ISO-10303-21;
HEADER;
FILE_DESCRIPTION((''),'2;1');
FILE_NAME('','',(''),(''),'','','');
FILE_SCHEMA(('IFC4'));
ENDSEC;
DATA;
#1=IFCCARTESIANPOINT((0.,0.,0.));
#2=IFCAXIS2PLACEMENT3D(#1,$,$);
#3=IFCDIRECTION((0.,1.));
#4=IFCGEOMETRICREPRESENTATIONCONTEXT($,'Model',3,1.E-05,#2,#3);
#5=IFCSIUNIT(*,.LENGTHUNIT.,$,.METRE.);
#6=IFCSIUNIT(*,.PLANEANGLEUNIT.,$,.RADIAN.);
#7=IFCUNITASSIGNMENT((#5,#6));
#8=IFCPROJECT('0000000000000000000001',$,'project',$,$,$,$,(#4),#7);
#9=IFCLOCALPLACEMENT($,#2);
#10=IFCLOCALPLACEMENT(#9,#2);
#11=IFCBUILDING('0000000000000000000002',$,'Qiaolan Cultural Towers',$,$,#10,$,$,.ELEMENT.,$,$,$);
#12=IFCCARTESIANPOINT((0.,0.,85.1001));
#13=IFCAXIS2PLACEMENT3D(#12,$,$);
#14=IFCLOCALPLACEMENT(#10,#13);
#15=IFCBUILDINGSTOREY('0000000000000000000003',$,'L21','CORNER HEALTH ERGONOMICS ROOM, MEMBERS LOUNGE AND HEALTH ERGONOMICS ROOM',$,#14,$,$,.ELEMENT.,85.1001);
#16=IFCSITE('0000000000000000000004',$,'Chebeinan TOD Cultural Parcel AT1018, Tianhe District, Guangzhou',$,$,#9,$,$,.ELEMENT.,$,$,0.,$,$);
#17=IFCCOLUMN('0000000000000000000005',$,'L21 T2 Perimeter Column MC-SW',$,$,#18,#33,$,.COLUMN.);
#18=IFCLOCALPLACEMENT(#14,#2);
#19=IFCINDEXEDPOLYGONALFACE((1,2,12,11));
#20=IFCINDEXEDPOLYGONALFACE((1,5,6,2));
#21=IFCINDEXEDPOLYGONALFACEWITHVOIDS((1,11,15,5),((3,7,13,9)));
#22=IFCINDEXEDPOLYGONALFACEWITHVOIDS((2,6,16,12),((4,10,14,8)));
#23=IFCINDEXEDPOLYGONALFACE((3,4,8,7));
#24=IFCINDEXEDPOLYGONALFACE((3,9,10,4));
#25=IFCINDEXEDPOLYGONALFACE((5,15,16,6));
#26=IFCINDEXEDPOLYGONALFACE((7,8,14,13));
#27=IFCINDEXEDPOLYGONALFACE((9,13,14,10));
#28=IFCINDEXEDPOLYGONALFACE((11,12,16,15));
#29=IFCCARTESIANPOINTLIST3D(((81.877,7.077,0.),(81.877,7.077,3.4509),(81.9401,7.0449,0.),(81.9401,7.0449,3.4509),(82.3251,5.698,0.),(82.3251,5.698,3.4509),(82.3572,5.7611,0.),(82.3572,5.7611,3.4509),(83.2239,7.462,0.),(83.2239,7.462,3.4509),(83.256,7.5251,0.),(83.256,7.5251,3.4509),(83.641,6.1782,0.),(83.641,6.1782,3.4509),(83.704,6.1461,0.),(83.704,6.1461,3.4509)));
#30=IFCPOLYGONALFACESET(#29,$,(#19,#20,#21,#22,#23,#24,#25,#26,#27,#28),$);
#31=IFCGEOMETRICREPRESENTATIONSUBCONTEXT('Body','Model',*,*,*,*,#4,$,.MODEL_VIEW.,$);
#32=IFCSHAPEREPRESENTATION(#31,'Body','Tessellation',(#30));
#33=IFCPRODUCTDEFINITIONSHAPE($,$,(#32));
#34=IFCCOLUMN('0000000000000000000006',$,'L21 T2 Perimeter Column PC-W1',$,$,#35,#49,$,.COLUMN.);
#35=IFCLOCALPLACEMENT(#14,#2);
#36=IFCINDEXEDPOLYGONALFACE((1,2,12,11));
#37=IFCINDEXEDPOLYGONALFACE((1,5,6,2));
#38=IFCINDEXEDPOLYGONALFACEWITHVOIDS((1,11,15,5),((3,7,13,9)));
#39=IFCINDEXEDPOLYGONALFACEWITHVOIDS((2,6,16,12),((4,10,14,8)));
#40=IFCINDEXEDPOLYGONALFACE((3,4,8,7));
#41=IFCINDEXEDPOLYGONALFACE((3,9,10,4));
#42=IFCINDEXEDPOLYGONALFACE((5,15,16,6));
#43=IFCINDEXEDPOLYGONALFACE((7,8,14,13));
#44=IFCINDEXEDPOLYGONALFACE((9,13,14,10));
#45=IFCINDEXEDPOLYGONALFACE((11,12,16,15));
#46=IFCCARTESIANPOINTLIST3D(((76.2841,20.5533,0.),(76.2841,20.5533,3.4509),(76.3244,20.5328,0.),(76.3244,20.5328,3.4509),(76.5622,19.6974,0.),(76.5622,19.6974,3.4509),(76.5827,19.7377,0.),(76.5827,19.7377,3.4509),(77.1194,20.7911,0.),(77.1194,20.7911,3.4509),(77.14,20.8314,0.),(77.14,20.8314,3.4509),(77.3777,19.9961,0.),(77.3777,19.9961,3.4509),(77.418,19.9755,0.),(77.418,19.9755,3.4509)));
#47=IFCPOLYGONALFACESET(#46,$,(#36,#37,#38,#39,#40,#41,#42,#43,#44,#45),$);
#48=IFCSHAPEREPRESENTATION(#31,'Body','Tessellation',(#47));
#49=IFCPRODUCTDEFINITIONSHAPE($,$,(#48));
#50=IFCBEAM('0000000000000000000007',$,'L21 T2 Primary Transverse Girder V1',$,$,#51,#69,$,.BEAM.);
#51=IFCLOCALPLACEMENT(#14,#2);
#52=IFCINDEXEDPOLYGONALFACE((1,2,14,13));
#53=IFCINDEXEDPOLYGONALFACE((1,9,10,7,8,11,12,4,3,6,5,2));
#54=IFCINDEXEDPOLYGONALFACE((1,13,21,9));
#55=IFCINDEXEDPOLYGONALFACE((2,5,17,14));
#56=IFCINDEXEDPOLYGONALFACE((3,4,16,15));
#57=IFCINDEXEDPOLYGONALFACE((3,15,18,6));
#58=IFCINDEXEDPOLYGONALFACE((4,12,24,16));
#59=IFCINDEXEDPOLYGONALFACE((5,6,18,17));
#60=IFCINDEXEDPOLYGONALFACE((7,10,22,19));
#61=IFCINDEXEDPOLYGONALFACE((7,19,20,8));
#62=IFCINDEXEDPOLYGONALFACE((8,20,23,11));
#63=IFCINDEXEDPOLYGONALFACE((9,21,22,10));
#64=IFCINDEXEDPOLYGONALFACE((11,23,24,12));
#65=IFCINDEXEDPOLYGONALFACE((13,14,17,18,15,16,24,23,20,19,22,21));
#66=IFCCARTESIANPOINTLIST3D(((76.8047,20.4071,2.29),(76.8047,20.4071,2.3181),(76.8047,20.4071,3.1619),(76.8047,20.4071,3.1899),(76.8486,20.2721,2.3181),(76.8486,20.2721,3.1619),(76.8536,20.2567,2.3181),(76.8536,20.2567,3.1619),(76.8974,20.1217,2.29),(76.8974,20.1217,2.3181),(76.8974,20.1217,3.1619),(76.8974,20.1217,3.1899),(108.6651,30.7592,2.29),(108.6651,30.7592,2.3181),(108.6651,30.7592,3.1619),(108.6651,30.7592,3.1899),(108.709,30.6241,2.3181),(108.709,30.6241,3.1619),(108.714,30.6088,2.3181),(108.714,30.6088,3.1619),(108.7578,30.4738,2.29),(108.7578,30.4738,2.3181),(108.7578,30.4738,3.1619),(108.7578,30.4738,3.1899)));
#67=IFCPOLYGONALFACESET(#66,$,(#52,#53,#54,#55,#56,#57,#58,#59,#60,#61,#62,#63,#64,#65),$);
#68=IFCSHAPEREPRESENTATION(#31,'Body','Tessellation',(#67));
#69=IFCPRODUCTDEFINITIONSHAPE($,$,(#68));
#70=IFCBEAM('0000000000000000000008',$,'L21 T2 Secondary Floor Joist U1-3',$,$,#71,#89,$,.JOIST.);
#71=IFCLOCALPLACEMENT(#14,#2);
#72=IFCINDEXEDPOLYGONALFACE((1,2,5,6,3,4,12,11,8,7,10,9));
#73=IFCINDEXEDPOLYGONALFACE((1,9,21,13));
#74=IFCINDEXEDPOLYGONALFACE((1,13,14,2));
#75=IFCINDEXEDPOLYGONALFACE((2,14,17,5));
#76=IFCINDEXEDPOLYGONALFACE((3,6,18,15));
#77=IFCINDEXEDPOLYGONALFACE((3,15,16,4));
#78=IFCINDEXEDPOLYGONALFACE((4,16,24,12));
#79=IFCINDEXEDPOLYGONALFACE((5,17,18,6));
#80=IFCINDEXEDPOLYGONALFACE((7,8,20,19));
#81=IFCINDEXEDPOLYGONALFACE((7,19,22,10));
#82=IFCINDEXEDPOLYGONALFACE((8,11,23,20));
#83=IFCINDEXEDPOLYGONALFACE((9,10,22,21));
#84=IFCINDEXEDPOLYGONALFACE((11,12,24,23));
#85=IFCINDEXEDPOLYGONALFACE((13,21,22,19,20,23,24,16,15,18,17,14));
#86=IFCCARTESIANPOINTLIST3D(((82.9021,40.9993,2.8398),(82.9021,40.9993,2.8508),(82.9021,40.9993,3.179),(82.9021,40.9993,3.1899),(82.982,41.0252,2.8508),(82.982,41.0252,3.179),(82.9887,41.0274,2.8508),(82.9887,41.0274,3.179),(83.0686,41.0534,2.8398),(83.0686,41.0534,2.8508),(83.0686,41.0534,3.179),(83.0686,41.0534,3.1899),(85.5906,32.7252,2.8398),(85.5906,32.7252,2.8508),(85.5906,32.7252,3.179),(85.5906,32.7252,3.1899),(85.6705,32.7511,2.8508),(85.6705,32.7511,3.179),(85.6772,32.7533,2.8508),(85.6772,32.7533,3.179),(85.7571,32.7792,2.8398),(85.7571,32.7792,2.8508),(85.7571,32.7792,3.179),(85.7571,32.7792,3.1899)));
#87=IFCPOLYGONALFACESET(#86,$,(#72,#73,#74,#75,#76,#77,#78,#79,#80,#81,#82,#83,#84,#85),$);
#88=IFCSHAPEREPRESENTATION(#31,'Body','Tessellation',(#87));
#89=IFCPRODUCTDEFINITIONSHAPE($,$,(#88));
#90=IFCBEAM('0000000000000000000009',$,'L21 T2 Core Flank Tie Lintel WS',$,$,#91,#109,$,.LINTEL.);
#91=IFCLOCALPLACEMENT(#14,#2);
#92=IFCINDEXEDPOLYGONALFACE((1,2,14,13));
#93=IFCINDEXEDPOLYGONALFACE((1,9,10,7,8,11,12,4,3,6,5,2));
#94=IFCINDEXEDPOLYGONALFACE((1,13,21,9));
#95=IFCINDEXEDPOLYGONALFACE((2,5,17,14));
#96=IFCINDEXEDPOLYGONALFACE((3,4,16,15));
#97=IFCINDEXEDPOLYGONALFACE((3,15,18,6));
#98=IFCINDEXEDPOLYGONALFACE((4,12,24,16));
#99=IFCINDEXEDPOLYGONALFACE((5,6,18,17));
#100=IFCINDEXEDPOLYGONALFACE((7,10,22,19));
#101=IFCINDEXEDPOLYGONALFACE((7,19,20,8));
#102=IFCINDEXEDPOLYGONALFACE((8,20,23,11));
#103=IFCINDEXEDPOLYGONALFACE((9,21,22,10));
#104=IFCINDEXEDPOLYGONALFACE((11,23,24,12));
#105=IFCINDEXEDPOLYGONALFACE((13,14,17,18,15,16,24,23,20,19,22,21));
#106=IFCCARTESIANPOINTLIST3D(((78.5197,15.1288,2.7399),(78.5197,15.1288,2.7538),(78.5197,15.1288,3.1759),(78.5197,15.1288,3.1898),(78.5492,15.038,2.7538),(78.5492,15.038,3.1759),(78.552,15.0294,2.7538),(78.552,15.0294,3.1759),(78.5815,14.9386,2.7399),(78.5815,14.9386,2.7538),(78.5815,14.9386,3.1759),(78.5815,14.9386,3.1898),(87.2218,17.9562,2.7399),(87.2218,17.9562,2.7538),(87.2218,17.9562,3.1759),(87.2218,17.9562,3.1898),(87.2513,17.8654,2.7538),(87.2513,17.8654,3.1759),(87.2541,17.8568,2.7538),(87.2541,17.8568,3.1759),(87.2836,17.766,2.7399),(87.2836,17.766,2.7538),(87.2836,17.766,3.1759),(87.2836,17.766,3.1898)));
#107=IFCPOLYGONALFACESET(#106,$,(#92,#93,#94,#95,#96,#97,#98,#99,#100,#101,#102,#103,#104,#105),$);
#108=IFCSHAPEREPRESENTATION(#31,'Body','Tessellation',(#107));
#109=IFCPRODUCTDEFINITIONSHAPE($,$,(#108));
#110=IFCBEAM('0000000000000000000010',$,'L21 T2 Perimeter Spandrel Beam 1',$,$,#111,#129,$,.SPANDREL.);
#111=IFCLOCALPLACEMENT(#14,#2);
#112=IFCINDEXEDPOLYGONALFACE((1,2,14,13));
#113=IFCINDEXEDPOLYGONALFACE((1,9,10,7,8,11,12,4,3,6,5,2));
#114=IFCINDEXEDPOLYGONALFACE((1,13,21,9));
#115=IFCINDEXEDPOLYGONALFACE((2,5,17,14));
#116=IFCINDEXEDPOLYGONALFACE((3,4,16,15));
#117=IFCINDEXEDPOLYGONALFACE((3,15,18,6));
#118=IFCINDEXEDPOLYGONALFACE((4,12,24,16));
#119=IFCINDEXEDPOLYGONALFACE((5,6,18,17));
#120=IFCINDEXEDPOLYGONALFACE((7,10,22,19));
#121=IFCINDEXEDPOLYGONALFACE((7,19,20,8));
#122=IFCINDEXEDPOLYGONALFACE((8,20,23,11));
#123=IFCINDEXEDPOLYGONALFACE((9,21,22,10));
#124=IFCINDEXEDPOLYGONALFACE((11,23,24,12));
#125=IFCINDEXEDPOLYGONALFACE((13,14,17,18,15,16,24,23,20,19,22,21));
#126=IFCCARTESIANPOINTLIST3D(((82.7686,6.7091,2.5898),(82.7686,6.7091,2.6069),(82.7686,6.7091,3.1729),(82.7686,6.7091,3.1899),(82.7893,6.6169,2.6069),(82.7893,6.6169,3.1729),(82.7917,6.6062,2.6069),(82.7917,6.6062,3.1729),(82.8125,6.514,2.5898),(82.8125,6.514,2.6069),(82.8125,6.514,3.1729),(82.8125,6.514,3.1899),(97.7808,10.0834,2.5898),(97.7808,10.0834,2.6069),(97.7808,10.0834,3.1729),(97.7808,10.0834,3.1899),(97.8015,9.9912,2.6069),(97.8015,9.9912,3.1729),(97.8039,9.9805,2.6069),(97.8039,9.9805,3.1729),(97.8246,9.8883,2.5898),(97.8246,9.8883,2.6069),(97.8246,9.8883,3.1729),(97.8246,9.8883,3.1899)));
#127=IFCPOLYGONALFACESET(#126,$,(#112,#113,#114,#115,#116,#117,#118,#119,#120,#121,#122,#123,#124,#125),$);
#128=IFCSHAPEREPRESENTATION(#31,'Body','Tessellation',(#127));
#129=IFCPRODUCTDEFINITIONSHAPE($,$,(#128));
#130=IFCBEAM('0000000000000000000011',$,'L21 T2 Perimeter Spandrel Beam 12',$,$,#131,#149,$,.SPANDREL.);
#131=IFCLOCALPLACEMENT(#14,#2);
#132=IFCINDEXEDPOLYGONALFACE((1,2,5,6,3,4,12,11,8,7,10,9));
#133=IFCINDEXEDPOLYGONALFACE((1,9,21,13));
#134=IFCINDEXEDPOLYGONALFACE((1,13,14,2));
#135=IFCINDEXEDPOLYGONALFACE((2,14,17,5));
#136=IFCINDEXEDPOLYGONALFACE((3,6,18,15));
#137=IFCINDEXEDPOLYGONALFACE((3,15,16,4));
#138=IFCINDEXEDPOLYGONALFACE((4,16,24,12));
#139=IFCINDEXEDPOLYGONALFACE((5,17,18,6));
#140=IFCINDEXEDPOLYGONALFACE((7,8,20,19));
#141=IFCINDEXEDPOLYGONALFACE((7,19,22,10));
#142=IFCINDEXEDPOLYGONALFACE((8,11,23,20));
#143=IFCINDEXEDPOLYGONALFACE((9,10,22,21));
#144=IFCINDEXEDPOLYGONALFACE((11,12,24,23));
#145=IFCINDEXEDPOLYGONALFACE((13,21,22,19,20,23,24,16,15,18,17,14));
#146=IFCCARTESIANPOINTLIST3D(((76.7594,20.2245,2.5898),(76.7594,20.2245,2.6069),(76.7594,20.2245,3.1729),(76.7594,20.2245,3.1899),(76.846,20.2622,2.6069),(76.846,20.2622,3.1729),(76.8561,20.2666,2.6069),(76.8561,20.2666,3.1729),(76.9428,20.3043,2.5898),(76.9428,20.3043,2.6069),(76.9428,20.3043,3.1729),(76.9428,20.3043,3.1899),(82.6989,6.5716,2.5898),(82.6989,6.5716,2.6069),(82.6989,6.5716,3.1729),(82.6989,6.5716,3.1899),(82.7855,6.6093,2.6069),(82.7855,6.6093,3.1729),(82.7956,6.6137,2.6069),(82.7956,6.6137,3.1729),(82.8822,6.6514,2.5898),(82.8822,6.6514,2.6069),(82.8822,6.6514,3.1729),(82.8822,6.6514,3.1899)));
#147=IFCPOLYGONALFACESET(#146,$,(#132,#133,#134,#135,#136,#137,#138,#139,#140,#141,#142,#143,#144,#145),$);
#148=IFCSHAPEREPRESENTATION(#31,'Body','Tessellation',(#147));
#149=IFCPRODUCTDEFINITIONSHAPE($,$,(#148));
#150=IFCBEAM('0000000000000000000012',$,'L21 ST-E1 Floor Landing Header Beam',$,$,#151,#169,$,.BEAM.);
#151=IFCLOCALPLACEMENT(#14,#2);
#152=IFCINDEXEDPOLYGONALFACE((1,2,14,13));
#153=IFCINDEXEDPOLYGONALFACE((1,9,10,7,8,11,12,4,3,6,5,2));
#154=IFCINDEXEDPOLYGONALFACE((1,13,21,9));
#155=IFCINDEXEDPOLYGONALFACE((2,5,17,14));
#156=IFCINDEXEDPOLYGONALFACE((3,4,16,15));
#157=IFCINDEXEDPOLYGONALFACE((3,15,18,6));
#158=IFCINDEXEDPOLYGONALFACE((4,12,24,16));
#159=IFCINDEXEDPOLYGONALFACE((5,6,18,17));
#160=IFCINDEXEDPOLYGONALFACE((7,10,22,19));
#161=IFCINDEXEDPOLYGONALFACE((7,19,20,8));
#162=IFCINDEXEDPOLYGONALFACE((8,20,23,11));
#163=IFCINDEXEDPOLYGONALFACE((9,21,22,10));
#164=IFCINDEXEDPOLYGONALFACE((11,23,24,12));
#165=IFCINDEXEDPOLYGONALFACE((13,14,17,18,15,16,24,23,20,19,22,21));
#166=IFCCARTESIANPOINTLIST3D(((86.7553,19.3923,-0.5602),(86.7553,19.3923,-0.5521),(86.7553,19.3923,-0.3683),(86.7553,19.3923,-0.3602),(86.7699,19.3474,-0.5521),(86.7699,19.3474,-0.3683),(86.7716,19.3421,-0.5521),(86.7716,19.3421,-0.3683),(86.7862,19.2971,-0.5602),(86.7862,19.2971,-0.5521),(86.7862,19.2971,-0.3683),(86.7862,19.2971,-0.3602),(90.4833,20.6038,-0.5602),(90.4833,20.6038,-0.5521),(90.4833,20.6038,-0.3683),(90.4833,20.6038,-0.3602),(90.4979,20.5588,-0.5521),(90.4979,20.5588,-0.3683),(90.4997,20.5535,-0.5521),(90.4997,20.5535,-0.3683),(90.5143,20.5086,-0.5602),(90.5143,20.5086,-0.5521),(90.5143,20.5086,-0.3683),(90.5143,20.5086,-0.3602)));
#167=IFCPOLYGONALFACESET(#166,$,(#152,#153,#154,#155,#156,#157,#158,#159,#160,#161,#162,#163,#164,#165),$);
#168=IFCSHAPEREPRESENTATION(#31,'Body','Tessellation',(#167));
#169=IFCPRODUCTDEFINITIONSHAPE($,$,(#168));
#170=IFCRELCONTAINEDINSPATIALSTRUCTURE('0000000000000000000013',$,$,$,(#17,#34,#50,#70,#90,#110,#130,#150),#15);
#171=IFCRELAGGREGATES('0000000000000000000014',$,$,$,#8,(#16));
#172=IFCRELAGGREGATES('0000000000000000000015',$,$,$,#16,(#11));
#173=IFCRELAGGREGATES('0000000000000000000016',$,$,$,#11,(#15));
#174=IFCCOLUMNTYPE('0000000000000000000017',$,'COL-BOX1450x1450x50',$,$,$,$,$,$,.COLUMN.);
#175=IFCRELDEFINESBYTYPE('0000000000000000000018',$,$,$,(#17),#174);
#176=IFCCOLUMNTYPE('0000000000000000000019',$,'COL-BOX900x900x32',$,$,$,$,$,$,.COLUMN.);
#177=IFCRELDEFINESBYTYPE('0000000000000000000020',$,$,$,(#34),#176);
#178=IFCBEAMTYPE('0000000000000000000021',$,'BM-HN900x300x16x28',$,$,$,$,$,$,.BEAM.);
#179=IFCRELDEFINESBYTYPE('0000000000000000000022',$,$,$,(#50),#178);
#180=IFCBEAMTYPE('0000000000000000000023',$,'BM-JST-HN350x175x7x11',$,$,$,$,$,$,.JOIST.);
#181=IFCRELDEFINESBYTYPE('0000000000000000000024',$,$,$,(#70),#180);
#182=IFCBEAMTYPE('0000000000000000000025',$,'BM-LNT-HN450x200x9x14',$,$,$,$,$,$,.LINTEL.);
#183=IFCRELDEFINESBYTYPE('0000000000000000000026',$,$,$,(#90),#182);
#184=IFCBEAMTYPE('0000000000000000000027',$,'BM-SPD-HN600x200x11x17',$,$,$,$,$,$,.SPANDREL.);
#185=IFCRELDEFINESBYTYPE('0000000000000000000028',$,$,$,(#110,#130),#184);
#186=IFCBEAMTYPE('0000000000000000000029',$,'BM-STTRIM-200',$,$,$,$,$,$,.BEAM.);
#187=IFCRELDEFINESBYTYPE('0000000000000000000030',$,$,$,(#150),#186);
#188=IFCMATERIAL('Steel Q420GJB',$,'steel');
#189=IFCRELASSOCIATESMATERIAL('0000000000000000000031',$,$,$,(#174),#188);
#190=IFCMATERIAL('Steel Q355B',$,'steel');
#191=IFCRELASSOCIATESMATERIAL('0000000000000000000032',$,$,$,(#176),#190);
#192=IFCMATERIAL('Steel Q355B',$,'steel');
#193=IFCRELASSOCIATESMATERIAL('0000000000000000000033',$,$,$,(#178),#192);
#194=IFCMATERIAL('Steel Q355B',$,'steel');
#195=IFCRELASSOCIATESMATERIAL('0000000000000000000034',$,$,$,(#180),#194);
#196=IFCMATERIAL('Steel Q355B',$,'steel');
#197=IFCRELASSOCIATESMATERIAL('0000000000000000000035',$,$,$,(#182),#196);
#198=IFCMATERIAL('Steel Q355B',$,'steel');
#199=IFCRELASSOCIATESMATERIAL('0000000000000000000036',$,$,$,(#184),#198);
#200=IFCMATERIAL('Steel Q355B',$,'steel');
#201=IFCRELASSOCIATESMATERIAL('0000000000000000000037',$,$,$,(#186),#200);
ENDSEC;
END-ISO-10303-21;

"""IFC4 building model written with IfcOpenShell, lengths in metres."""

from ifc_helpers import new_model, si_unit, direction, frame, origin, origin_2d, place, context, subcontext, project, spatial, hollow_rectangle, i_section, extrude, material, material_profile, profile_set, type_object, element, save


model = new_model("IFC4")

# Units and contexts
model_context = context("Model", 3, precision=1e-05, world=origin(), true_north=direction((0.0, 1.0)))
body_context = subcontext(model_context, "Body", "Model", "MODEL_VIEW")
ifc_project = project(units=[si_unit("LENGTHUNIT", "METRE"), si_unit("PLANEANGLEUNIT", "RADIAN")], contexts=[model_context])

# Site, building, storey
site_placement = place(None, origin())
site = spatial("IfcSite", under=ifc_project, at=site_placement, Name="Chebeinan TOD Cultural Parcel AT1018, Tianhe District, Guangzhou", CompositionType="ELEMENT", RefElevation=0.0)
building_placement = place(site_placement, origin())
building = spatial("IfcBuilding", under=site, at=building_placement, Name="Qiaolan Cultural Towers", CompositionType="ELEMENT")
storey_placement = place(building_placement, frame((0.0, 0.0, 85.1001)))
storey = spatial("IfcBuildingStorey", under=building, at=storey_placement, Name="L21", Description="CORNER HEALTH ERGONOMICS ROOM, MEMBERS LOUNGE AND HEALTH ERGONOMICS ROOM", CompositionType="ELEMENT", Elevation=85.1001)

# Columns
ifc_material_1 = material(Name="Steel Q420GJB", Category="steel")
ifc_material_profile_1 = material_profile(ifc_material_1, hollow_rectangle(XDim=1.45, YDim=1.45, WallThickness=0.05, at=origin_2d()), Name="BOX1450x1450x50")
ifc_profile_set_1 = profile_set([ifc_material_profile_1], Name="Steel Q420GJB")
column_type_1 = type_object("IfcColumnType", Name="COL-BOX1450x1450x50", PredefinedType="COLUMN", material=ifc_profile_set_1)
column_1_placement = place(storey_placement, frame((82.7905, 6.6116, 0.0), z_axis=(0.0, 0.0, 1.0), x_axis=(0.951057, 0.309017, 0.0)))
element("IfcColumn", 1, at=column_1_placement, inside=storey, type_object=column_type_1, Name="L21 T2 Perimeter Column MC-SW", PredefinedType="COLUMN", context=body_context, shape_type="SweptSolid", body=[
    extrude(hollow_rectangle(XDim=1.45, YDim=1.45, WallThickness=0.05, at=origin_2d()), origin(), (0.0, 0.0, 1.0), 3.4509),
])
ifc_material_2 = material(Name="Steel Q355B", Category="steel")
ifc_material_profile_2 = material_profile(ifc_material_2, hollow_rectangle(XDim=0.8999, YDim=0.8999, WallThickness=0.032, at=origin_2d()), Name="BOX900x900x32")
ifc_profile_set_2 = profile_set([ifc_material_profile_2], Name="Steel Q355B")
column_type_2 = type_object("IfcColumnType", Name="COL-BOX900x900x32", PredefinedType="COLUMN", material=ifc_profile_set_2)
column_2_placement = place(storey_placement, frame((76.8511, 20.2644, 0.0), z_axis=(0.0, 0.0, 1.0), x_axis=(0.951057, 0.309017, 0.0)))
element("IfcColumn", 2, at=column_2_placement, inside=storey, type_object=column_type_2, Name="L21 T2 Perimeter Column PC-W1", PredefinedType="COLUMN", context=body_context, shape_type="SweptSolid", body=[
    extrude(hollow_rectangle(XDim=0.8999, YDim=0.8999, WallThickness=0.032, at=origin_2d()), origin(), (0.0, 0.0, 1.0), 3.4509),
])

# Beams
ifc_material_3 = material(Name="Steel Q355B", Category="steel")
ifc_material_profile_3 = material_profile(ifc_material_3, i_section(OverallWidth=0.3, OverallDepth=0.8999, WebThickness=0.0161, FlangeThickness=0.0281, at=origin_2d()), Name="HN900x300x16x28")
ifc_profile_set_3 = profile_set([ifc_material_profile_3], Name="Steel Q355B")
beam_type_1 = type_object("IfcBeamType", Name="BM-HN900x300x16x28", PredefinedType="BEAM", material=ifc_profile_set_3)
beam_1_placement = place(storey_placement, frame((76.8511, 20.2644, 2.74), z_axis=(0.951057, 0.309017, 0.0), x_axis=(-0.309017, 0.951057, 0.0)))
element("IfcBeam", 3, at=beam_1_placement, inside=storey, type_object=beam_type_1, Name="L21 T2 Primary Transverse Girder V1", PredefinedType="BEAM", context=body_context, shape_type="SweptSolid", body=[
    extrude(i_section(OverallWidth=0.3, OverallDepth=0.8999, WebThickness=0.0161, FlangeThickness=0.0281, at=origin_2d()), origin(), (0.0, 0.0, 1.0), 33.5),
])
ifc_material_4 = material(Name="Steel Q355B", Category="steel")
ifc_material_profile_4 = material_profile(ifc_material_4, i_section(OverallWidth=0.175, OverallDepth=0.3501, WebThickness=0.0071, FlangeThickness=0.011, at=origin_2d()), Name="HN350x175x7x11")
ifc_profile_set_4 = profile_set([ifc_material_profile_4], Name="Steel Q355B")
beam_type_2 = type_object("IfcBeamType", Name="BM-JST-HN350x175x7x11", PredefinedType="JOIST", material=ifc_profile_set_4)
beam_2_placement = place(storey_placement, frame((85.6738, 32.7522, 3.0149), z_axis=(-0.309021, 0.951055, 0.0), x_axis=(-0.951055, -0.309021, 0.0)))
element("IfcBeam", 4, at=beam_2_placement, inside=storey, type_object=beam_type_2, Name="L21 T2 Secondary Floor Joist U1-3", PredefinedType="JOIST", context=body_context, shape_type="SweptSolid", body=[
    extrude(i_section(OverallWidth=0.175, OverallDepth=0.3501, WebThickness=0.0071, FlangeThickness=0.011, at=origin_2d()), origin(), (0.0, 0.0, 1.0), 8.7),
])
ifc_material_5 = material(Name="Steel Q355B", Category="steel")
ifc_material_profile_5 = material_profile(ifc_material_5, i_section(OverallWidth=0.2, OverallDepth=0.45, WebThickness=0.009, FlangeThickness=0.0139, at=origin_2d()), Name="HN450x200x9x14")
ifc_profile_set_5 = profile_set([ifc_material_profile_5], Name="Steel Q355B")
beam_type_3 = type_object("IfcBeamType", Name="BM-LNT-HN450x200x9x14", PredefinedType="LINTEL", material=ifc_profile_set_5)
beam_3_placement = place(storey_placement, frame((87.2527, 17.8611, 2.9648), z_axis=(-0.95106, -0.309006, 0.0), x_axis=(0.309006, -0.95106, 0.0)))
element("IfcBeam", 5, at=beam_3_placement, inside=storey, type_object=beam_type_3, Name="L21 T2 Core Flank Tie Lintel WS", PredefinedType="LINTEL", context=body_context, shape_type="SweptSolid", body=[
    extrude(i_section(OverallWidth=0.2, OverallDepth=0.45, WebThickness=0.009, FlangeThickness=0.0139, at=origin_2d()), origin(), (0.0, 0.0, 1.0), 9.1499),
])
ifc_material_6 = material(Name="Steel Q355B", Category="steel")
ifc_material_profile_6 = material_profile(ifc_material_6, i_section(OverallWidth=0.2, OverallDepth=0.6001, WebThickness=0.011, FlangeThickness=0.0171, at=origin_2d()), Name="HN600x200x11x17")
ifc_profile_set_6 = profile_set([ifc_material_profile_6], Name="Steel Q355B")
beam_type_4 = type_object("IfcBeamType", Name="BM-SPD-HN600x200x11x17", PredefinedType="SPANDREL", material=ifc_profile_set_6)
beam_4_placement = place(storey_placement, frame((82.7905, 6.6116, 2.8899), z_axis=(0.975658, 0.219297, 0.0), x_axis=(-0.219297, 0.975658, 0.0)))
element("IfcBeam", 6, at=beam_4_placement, inside=storey, type_object=beam_type_4, Name="L21 T2 Perimeter Spandrel Beam 1", PredefinedType="SPANDREL", context=body_context, shape_type="SweptSolid", body=[
    extrude(i_section(OverallWidth=0.2, OverallDepth=0.6001, WebThickness=0.011, FlangeThickness=0.0171, at=origin_2d()), origin(), (0.0, 0.0, 1.0), 15.3867),
])
beam_5_placement = place(storey_placement, frame((76.8511, 20.2644, 2.8899), z_axis=(0.39892, -0.916986, 0.0), x_axis=(0.916986, 0.39892, 0.0)))
element("IfcBeam", 7, at=beam_5_placement, inside=storey, type_object=beam_type_4, Name="L21 T2 Perimeter Spandrel Beam 12", PredefinedType="SPANDREL", context=body_context, shape_type="SweptSolid", body=[
    extrude(i_section(OverallWidth=0.2, OverallDepth=0.6001, WebThickness=0.011, FlangeThickness=0.0171, at=origin_2d()), origin(), (0.0, 0.0, 1.0), 14.8889),
])
ifc_material_7 = material(Name="Steel Q355B", Category="steel")
ifc_material_profile_7 = material_profile(ifc_material_7, i_section(OverallWidth=0.1001, OverallDepth=0.2, WebThickness=0.0056, FlangeThickness=0.0081, at=origin_2d()), Name="HN200x100x5.5x8")
ifc_profile_set_7 = profile_set([ifc_material_profile_7], Name="Steel Q355B")
beam_type_5 = type_object("IfcBeamType", Name="BM-STTRIM-200", PredefinedType="BEAM", material=ifc_profile_set_7)
beam_6_placement = place(storey_placement, frame((86.7708, 19.3447, -0.4602), z_axis=(0.951048, 0.309044, 0.0), x_axis=(-0.309044, 0.951048, 0.0)))
element("IfcBeam", 8, at=beam_6_placement, inside=storey, type_object=beam_type_5, Name="L21 ST-E1 Floor Landing Header Beam", PredefinedType="BEAM", context=body_context, shape_type="SweptSolid", body=[
    extrude(i_section(OverallWidth=0.1001, OverallDepth=0.2, WebThickness=0.0056, FlangeThickness=0.0081, at=origin_2d()), origin(), (0.0, 0.0, 1.0), 3.9199),
])

save(model, "model.ifc")
